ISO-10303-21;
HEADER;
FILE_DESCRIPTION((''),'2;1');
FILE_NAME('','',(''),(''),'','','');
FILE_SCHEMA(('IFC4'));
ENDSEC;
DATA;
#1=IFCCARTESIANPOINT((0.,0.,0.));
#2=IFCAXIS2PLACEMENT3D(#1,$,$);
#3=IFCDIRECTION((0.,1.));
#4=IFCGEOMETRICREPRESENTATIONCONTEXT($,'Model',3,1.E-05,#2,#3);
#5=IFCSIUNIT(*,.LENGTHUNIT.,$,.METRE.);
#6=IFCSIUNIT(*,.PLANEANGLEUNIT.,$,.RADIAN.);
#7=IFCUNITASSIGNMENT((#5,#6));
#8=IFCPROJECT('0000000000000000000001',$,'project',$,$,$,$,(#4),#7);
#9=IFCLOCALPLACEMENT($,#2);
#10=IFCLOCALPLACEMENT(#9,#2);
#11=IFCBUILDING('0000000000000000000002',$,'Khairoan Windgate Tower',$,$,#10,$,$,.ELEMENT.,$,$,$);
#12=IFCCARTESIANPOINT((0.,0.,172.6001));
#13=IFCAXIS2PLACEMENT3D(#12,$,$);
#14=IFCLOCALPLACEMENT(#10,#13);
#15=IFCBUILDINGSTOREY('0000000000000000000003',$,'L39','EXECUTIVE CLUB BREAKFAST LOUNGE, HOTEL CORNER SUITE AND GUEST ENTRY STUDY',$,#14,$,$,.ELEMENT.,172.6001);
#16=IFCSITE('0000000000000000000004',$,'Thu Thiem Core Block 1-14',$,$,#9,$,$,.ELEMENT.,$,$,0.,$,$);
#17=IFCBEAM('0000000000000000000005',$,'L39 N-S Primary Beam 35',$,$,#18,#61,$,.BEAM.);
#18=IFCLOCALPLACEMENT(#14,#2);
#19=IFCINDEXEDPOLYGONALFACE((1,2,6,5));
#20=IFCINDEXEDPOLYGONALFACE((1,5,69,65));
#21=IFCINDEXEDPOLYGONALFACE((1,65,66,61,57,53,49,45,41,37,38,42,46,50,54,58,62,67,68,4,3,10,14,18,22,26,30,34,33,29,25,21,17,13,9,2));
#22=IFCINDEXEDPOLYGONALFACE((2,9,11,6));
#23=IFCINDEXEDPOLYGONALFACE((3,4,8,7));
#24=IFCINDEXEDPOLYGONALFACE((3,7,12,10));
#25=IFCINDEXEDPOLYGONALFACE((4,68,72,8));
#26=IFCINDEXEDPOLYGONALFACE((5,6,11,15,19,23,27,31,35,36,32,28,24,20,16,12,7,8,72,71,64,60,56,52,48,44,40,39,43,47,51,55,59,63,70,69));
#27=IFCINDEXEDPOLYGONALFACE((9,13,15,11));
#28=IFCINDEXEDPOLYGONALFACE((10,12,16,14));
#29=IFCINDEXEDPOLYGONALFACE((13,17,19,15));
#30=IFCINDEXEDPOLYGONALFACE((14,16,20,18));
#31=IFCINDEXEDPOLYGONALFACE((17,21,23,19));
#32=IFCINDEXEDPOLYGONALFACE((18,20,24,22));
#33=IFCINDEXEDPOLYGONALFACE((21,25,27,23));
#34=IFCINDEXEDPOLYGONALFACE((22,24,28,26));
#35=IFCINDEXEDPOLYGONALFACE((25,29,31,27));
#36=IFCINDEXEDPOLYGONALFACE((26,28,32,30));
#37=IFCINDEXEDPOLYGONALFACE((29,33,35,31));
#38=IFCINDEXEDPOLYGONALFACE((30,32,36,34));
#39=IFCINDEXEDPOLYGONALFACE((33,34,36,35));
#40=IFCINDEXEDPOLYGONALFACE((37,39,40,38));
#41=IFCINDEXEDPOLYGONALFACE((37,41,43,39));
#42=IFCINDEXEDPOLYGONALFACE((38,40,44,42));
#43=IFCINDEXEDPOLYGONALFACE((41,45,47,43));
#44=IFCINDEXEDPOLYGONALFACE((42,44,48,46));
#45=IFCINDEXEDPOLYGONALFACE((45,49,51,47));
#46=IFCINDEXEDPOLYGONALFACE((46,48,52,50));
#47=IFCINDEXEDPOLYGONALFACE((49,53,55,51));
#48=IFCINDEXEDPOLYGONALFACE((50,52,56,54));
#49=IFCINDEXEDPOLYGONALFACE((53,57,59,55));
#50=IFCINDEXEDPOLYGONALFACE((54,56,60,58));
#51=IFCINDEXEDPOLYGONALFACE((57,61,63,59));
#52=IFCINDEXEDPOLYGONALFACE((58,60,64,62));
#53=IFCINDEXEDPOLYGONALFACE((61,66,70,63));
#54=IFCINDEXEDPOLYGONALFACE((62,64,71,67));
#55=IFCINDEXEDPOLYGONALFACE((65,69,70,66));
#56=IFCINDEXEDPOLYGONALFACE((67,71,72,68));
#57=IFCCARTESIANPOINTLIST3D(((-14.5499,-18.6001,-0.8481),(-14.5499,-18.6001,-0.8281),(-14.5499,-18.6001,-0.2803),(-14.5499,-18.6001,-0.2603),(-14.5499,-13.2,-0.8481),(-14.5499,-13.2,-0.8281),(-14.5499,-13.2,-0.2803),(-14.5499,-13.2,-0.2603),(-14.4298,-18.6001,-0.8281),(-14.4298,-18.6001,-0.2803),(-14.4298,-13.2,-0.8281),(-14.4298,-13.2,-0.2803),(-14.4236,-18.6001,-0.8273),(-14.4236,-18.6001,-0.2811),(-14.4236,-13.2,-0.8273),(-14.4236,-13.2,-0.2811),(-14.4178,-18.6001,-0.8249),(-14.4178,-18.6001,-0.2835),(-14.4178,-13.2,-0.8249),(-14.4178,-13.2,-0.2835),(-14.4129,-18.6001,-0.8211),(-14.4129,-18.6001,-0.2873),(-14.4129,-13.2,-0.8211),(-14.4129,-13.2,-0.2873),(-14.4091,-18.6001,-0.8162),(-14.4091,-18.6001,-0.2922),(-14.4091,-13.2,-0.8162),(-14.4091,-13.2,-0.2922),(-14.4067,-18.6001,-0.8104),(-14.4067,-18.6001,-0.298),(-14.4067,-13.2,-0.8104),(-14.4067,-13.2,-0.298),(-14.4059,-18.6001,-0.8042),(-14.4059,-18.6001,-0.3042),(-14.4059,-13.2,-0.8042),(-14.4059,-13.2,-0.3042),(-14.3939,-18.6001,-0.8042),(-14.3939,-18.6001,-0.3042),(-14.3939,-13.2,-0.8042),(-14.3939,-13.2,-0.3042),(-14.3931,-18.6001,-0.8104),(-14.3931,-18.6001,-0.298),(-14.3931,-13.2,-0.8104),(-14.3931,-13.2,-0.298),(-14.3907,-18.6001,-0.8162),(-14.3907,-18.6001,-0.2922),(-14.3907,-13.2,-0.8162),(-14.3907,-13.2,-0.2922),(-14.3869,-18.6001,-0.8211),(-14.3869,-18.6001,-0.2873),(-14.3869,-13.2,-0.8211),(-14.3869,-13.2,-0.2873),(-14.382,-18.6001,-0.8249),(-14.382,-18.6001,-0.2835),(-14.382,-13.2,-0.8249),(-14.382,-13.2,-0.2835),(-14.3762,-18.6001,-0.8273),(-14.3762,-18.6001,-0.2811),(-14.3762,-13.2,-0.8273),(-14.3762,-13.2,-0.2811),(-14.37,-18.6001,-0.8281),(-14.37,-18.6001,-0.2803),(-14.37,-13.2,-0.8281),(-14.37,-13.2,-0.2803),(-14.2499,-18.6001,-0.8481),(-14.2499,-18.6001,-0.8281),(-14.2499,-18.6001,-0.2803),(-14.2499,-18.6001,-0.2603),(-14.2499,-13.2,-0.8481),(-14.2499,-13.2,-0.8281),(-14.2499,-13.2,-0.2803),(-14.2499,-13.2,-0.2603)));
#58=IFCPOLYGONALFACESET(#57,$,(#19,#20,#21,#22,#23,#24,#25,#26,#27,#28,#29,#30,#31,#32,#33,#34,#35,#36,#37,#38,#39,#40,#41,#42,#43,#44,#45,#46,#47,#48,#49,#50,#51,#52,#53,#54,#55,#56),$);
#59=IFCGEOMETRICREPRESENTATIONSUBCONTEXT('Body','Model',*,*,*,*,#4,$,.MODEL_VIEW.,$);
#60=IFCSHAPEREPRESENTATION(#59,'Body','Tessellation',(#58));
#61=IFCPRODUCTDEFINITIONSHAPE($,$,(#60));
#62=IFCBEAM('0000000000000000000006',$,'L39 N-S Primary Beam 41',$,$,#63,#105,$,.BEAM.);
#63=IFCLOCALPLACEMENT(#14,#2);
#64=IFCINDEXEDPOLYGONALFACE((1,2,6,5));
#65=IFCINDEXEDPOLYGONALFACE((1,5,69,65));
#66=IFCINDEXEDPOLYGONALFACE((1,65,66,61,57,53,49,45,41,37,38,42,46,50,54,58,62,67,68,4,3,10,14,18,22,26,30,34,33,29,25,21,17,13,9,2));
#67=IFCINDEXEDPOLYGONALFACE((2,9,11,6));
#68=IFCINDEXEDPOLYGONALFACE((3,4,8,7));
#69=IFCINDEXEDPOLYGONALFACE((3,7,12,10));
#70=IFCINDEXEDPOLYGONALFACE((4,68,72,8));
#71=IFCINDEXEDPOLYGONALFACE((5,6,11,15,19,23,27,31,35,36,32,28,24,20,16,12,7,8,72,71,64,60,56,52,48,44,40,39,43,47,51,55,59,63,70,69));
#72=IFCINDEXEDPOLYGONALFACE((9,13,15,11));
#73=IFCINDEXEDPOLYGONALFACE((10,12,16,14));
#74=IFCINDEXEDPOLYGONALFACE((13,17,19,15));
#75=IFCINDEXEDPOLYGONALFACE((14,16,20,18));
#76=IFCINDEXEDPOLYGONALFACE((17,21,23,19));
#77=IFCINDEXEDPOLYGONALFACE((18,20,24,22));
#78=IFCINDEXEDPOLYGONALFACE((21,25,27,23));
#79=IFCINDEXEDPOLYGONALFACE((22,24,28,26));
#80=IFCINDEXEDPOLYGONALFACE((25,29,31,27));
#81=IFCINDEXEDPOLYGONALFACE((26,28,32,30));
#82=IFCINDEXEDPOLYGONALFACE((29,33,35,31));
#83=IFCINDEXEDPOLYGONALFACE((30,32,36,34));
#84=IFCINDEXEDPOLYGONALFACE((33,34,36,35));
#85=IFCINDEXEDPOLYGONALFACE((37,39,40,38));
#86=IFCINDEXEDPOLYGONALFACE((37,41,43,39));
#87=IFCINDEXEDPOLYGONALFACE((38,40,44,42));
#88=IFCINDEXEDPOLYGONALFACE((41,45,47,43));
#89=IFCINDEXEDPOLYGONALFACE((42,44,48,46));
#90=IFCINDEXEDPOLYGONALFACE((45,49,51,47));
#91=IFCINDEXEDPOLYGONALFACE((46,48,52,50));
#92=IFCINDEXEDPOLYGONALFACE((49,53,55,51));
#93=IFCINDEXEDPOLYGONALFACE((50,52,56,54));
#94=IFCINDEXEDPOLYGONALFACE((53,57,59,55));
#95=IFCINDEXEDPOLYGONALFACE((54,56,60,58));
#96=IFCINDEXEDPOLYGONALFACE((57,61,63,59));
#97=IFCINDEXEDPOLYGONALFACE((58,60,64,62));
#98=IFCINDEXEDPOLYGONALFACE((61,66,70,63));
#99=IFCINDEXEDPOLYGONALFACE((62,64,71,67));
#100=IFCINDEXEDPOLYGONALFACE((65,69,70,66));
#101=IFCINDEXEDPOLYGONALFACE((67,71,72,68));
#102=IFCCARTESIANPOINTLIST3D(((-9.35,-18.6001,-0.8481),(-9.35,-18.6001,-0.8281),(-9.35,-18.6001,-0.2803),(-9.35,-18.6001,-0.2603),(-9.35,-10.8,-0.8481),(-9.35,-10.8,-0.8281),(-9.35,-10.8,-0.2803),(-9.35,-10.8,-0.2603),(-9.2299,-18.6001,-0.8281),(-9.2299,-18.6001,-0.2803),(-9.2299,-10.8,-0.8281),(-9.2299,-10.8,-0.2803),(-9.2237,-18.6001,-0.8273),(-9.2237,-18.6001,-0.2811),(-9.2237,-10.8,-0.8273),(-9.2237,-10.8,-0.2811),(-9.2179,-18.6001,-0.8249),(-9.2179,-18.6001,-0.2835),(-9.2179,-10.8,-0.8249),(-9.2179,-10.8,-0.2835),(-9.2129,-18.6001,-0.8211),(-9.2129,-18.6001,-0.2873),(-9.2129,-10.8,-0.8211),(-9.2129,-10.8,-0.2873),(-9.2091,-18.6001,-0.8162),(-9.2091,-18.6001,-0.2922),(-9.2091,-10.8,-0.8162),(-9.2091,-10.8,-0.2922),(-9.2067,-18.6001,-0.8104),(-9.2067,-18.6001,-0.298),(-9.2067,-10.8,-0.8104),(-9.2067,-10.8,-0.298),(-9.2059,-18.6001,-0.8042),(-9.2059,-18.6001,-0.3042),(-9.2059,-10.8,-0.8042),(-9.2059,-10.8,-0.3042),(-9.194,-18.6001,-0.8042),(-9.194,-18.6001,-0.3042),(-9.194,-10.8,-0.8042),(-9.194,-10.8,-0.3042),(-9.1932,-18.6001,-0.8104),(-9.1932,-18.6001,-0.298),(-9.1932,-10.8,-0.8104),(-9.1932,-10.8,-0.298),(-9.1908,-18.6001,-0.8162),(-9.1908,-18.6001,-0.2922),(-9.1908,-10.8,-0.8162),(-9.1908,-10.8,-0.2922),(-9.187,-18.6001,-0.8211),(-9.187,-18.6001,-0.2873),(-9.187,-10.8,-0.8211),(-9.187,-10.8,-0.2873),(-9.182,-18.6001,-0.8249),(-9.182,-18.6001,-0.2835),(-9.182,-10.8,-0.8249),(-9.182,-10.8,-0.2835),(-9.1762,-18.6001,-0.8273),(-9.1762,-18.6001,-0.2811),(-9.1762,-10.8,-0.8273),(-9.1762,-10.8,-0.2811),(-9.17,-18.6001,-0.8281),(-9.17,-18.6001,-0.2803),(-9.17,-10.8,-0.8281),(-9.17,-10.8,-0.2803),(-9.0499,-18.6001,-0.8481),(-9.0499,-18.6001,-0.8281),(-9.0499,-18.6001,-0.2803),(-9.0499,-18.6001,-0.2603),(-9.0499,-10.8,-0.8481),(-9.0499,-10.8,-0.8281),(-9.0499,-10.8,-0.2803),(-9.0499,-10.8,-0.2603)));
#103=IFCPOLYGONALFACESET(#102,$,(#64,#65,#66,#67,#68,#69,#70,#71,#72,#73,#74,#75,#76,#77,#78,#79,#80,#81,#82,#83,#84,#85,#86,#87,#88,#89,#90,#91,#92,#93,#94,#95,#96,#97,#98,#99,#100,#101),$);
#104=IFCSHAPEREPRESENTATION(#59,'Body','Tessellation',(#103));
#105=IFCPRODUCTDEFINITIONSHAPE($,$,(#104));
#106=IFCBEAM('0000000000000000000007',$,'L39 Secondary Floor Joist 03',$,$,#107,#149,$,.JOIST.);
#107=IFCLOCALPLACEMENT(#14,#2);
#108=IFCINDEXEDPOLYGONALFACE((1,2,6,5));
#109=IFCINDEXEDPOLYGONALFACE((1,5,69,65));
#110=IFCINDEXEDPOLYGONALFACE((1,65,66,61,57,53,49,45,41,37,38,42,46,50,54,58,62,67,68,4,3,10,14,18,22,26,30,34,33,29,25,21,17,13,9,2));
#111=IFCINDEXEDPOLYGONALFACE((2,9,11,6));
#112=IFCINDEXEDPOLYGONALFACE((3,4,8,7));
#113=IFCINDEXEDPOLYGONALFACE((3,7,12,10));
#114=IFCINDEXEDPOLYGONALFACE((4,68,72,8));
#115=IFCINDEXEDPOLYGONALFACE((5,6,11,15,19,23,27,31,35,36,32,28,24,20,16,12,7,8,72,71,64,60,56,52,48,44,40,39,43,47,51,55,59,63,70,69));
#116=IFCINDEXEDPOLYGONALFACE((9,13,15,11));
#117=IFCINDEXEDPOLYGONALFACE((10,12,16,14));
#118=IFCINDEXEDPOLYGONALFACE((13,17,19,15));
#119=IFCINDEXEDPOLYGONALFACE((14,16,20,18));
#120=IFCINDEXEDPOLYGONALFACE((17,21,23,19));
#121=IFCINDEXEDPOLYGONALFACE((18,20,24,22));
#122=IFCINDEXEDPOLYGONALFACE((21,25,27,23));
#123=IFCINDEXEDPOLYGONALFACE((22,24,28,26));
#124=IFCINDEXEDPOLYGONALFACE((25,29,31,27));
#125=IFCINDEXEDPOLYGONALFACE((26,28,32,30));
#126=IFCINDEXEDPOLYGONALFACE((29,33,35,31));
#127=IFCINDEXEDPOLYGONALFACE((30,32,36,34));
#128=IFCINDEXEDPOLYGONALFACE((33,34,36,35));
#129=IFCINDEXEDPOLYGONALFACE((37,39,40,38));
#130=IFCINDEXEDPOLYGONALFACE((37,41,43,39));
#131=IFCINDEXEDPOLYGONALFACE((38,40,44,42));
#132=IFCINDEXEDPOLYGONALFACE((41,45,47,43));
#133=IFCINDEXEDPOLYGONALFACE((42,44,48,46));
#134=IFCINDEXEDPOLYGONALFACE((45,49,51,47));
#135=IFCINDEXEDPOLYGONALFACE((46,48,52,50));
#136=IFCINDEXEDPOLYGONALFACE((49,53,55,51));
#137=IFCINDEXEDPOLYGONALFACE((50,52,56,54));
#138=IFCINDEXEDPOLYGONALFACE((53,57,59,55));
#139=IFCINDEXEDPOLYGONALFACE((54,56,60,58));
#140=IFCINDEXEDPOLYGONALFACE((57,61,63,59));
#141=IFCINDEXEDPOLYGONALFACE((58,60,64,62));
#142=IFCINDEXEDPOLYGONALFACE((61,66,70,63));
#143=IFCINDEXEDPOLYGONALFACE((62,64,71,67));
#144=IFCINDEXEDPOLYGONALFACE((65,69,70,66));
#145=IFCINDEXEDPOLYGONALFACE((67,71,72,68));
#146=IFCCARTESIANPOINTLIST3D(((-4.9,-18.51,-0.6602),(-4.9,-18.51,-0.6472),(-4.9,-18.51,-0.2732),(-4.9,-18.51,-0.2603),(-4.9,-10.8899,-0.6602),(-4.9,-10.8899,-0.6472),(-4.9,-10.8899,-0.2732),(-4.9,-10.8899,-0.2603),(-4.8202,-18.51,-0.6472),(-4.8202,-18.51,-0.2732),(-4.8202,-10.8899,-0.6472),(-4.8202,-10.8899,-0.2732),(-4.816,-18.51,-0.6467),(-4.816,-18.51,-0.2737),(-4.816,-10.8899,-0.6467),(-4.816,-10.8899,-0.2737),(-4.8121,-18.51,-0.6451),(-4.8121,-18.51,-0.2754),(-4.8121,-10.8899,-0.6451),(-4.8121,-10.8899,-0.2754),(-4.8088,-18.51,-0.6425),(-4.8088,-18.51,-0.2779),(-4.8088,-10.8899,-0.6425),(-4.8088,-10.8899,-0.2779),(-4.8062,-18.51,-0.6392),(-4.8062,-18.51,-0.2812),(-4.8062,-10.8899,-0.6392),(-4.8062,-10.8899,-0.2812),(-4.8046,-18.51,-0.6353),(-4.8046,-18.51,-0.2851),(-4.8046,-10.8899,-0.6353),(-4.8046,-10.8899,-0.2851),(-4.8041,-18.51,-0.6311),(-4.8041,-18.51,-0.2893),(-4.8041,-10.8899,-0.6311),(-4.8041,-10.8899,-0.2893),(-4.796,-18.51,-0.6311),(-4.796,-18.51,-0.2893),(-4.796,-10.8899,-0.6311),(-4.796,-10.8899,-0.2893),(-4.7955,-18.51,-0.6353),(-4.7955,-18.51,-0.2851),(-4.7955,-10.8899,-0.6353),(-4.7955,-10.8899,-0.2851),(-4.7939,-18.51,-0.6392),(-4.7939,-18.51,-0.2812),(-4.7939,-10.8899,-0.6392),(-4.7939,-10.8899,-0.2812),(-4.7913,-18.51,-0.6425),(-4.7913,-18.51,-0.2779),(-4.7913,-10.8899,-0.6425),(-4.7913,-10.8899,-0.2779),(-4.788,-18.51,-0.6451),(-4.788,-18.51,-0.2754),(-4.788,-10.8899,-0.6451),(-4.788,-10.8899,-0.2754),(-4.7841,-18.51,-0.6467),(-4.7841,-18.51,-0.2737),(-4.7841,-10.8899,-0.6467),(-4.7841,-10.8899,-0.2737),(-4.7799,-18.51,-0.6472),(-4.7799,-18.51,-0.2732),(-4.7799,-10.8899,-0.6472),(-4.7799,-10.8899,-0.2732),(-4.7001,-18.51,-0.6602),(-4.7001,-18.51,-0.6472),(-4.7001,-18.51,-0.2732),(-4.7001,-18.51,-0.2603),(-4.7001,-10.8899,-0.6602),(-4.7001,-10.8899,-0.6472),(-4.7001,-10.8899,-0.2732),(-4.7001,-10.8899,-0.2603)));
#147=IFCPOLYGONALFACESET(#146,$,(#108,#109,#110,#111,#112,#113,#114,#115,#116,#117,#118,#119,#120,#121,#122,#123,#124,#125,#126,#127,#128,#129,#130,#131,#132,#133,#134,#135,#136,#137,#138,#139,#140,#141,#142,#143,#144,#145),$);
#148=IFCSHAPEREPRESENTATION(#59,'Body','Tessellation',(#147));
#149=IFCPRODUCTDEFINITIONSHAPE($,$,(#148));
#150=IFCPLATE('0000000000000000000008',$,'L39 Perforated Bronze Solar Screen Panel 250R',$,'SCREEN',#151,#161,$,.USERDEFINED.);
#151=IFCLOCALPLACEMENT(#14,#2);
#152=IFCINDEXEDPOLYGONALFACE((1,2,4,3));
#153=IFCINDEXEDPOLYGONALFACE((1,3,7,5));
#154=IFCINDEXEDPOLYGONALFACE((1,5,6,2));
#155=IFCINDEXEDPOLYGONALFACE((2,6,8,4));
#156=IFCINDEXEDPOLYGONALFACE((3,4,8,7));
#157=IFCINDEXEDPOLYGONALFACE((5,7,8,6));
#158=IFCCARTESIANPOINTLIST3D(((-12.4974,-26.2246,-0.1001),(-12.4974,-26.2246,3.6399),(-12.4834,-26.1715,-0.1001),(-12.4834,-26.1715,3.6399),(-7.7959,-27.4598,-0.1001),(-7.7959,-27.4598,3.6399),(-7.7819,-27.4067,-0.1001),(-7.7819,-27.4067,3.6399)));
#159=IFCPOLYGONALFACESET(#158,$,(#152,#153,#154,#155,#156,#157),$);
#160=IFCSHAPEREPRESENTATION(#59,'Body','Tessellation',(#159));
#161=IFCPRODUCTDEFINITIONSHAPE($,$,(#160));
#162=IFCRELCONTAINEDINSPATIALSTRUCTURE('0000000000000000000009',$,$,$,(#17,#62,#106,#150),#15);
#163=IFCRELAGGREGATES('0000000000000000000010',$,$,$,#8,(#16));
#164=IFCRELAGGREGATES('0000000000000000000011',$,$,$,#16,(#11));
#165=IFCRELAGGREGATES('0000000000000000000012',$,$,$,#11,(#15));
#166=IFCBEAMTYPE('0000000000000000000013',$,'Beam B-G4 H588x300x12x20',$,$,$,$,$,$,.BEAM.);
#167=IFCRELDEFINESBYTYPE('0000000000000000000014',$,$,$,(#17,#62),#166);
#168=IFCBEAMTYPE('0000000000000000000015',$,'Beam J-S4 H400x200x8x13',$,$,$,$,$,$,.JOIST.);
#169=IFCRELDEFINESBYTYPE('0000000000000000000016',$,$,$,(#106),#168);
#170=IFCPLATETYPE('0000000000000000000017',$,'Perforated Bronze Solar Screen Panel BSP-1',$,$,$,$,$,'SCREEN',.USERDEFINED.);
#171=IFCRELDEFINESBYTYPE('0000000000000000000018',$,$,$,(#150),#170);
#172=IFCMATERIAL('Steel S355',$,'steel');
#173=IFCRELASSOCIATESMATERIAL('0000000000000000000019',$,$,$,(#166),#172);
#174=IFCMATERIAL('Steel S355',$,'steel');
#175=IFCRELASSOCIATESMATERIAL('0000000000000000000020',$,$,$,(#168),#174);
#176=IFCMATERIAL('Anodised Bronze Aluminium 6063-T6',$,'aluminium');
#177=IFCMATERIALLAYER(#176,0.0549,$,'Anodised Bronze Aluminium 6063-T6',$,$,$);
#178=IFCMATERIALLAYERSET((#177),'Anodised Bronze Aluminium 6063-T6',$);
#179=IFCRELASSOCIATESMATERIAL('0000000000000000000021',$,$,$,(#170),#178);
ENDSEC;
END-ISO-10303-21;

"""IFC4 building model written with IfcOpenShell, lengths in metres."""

from ifc_helpers import new_model, si_unit, direction, frame, origin, origin_2d, place, context, subcontext, project, spatial, rectangle, i_section, extrude, material, layer, layer_set, material_profile, profile_set, type_object, element, save


model = new_model("IFC4")

# Units and contexts
model_context = context("Model", 3, precision=1e-05, world=origin(), true_north=direction((0.0, 1.0)))
body_context = subcontext(model_context, "Body", "Model", "MODEL_VIEW")
ifc_project = project(units=[si_unit("LENGTHUNIT", "METRE"), si_unit("PLANEANGLEUNIT", "RADIAN")], contexts=[model_context])

# Site, building, storey
site_placement = place(None, origin())
site = spatial("IfcSite", under=ifc_project, at=site_placement, Name="Thu Thiem Core Block 1-14", CompositionType="ELEMENT", RefElevation=0.0)
building_placement = place(site_placement, origin())
building = spatial("IfcBuilding", under=site, at=building_placement, Name="Khairoan Windgate Tower", CompositionType="ELEMENT")
storey_placement = place(building_placement, frame((0.0, 0.0, 172.6001)))
storey = spatial("IfcBuildingStorey", under=building, at=storey_placement, Name="L39", Description="EXECUTIVE CLUB BREAKFAST LOUNGE, HOTEL CORNER SUITE AND GUEST ENTRY STUDY", CompositionType="ELEMENT", Elevation=172.6001)

# Beams
ifc_material_1 = material(Name="Steel S355", Category="steel")
ifc_material_profile_1 = material_profile(ifc_material_1, i_section(OverallWidth=0.3, OverallDepth=0.5879, WebThickness=0.012, FlangeThickness=0.02, FilletRadius=0.0239, at=origin_2d()))
ifc_profile_set_1 = profile_set([ifc_material_profile_1], Name="Steel S355")
beam_type_1 = type_object("IfcBeamType", Name="Beam B-G4 H588x300x12x20", PredefinedType="BEAM", material=ifc_profile_set_1)
beam_1_placement = place(storey_placement, frame((-14.3999, -18.6001, -0.5542), z_axis=(0.0, 1.0, 0.0), x_axis=(-1.0, 0.0, 0.0)))
element("IfcBeam", 1, at=beam_1_placement, inside=storey, type_object=beam_type_1, Name="L39 N-S Primary Beam 35", PredefinedType="BEAM", context=body_context, shape_type="SweptSolid", body=[
    extrude(i_section(OverallWidth=0.3, OverallDepth=0.5879, WebThickness=0.012, FlangeThickness=0.02, FilletRadius=0.0239, at=origin_2d()), origin(), (0.0, 0.0, 1.0), 5.4001),
])
beam_2_placement = place(storey_placement, frame((-9.2, -18.6001, -0.5542), z_axis=(0.0, 1.0, 0.0), x_axis=(-1.0, 0.0, 0.0)))
element("IfcBeam", 2, at=beam_2_placement, inside=storey, type_object=beam_type_1, Name="L39 N-S Primary Beam 41", PredefinedType="BEAM", context=body_context, shape_type="SweptSolid", body=[
    extrude(i_section(OverallWidth=0.3, OverallDepth=0.5879, WebThickness=0.012, FlangeThickness=0.02, FilletRadius=0.0239, at=origin_2d()), origin(), (0.0, 0.0, 1.0), 7.8),
])
ifc_material_2 = material(Name="Steel S355", Category="steel")
ifc_material_profile_2 = material_profile(ifc_material_2, i_section(OverallWidth=0.2, OverallDepth=0.3999, WebThickness=0.0081, FlangeThickness=0.0129, FilletRadius=0.0161, at=origin_2d()))
ifc_profile_set_2 = profile_set([ifc_material_profile_2], Name="Steel S355")
beam_type_2 = type_object("IfcBeamType", Name="Beam J-S4 H400x200x8x13", PredefinedType="JOIST", material=ifc_profile_set_2)
beam_3_placement = place(storey_placement, frame((-4.8, -18.51, -0.4602), z_axis=(0.0, 1.0, 0.0), x_axis=(-1.0, 0.0, 0.0)))
element("IfcBeam", 3, at=beam_3_placement, inside=storey, type_object=beam_type_2, Name="L39 Secondary Floor Joist 03", PredefinedType="JOIST", context=body_context, shape_type="SweptSolid", body=[
    extrude(i_section(OverallWidth=0.2, OverallDepth=0.3999, WebThickness=0.0081, FlangeThickness=0.0129, FilletRadius=0.0161, at=origin_2d()), origin(), (0.0, 0.0, 1.0), 7.6201),
])

# Plate
ifc_material_3 = material(Name="Anodised Bronze Aluminium 6063-T6", Category="aluminium")
ifc_layer_1 = layer(ifc_material_3, 0.0549, Name="Anodised Bronze Aluminium 6063-T6")
ifc_layer_set_1 = layer_set([ifc_layer_1], Name="Anodised Bronze Aluminium 6063-T6")
plate_type = type_object("IfcPlateType", Name="Perforated Bronze Solar Screen Panel BSP-1", ElementType="SCREEN", PredefinedType="USERDEFINED", material=ifc_layer_set_1)
plate_placement = place(storey_placement, frame((-10.1396, -26.8157, -0.1001), z_axis=(0.0, 0.0, 1.0), x_axis=(-0.967179, 0.254096, 0.0)))
element("IfcPlate", 4, at=plate_placement, inside=storey, type_object=plate_type, Name="L39 Perforated Bronze Solar Screen Panel 250R", ObjectType="SCREEN", PredefinedType="USERDEFINED", context=body_context, shape_type="SweptSolid", body=[
    extrude(rectangle(XDim=4.8611, YDim=0.0549, at=origin_2d()), origin(), (0.0, 0.0, 1.0), 3.74),
])

save(model, "model.ifc")
